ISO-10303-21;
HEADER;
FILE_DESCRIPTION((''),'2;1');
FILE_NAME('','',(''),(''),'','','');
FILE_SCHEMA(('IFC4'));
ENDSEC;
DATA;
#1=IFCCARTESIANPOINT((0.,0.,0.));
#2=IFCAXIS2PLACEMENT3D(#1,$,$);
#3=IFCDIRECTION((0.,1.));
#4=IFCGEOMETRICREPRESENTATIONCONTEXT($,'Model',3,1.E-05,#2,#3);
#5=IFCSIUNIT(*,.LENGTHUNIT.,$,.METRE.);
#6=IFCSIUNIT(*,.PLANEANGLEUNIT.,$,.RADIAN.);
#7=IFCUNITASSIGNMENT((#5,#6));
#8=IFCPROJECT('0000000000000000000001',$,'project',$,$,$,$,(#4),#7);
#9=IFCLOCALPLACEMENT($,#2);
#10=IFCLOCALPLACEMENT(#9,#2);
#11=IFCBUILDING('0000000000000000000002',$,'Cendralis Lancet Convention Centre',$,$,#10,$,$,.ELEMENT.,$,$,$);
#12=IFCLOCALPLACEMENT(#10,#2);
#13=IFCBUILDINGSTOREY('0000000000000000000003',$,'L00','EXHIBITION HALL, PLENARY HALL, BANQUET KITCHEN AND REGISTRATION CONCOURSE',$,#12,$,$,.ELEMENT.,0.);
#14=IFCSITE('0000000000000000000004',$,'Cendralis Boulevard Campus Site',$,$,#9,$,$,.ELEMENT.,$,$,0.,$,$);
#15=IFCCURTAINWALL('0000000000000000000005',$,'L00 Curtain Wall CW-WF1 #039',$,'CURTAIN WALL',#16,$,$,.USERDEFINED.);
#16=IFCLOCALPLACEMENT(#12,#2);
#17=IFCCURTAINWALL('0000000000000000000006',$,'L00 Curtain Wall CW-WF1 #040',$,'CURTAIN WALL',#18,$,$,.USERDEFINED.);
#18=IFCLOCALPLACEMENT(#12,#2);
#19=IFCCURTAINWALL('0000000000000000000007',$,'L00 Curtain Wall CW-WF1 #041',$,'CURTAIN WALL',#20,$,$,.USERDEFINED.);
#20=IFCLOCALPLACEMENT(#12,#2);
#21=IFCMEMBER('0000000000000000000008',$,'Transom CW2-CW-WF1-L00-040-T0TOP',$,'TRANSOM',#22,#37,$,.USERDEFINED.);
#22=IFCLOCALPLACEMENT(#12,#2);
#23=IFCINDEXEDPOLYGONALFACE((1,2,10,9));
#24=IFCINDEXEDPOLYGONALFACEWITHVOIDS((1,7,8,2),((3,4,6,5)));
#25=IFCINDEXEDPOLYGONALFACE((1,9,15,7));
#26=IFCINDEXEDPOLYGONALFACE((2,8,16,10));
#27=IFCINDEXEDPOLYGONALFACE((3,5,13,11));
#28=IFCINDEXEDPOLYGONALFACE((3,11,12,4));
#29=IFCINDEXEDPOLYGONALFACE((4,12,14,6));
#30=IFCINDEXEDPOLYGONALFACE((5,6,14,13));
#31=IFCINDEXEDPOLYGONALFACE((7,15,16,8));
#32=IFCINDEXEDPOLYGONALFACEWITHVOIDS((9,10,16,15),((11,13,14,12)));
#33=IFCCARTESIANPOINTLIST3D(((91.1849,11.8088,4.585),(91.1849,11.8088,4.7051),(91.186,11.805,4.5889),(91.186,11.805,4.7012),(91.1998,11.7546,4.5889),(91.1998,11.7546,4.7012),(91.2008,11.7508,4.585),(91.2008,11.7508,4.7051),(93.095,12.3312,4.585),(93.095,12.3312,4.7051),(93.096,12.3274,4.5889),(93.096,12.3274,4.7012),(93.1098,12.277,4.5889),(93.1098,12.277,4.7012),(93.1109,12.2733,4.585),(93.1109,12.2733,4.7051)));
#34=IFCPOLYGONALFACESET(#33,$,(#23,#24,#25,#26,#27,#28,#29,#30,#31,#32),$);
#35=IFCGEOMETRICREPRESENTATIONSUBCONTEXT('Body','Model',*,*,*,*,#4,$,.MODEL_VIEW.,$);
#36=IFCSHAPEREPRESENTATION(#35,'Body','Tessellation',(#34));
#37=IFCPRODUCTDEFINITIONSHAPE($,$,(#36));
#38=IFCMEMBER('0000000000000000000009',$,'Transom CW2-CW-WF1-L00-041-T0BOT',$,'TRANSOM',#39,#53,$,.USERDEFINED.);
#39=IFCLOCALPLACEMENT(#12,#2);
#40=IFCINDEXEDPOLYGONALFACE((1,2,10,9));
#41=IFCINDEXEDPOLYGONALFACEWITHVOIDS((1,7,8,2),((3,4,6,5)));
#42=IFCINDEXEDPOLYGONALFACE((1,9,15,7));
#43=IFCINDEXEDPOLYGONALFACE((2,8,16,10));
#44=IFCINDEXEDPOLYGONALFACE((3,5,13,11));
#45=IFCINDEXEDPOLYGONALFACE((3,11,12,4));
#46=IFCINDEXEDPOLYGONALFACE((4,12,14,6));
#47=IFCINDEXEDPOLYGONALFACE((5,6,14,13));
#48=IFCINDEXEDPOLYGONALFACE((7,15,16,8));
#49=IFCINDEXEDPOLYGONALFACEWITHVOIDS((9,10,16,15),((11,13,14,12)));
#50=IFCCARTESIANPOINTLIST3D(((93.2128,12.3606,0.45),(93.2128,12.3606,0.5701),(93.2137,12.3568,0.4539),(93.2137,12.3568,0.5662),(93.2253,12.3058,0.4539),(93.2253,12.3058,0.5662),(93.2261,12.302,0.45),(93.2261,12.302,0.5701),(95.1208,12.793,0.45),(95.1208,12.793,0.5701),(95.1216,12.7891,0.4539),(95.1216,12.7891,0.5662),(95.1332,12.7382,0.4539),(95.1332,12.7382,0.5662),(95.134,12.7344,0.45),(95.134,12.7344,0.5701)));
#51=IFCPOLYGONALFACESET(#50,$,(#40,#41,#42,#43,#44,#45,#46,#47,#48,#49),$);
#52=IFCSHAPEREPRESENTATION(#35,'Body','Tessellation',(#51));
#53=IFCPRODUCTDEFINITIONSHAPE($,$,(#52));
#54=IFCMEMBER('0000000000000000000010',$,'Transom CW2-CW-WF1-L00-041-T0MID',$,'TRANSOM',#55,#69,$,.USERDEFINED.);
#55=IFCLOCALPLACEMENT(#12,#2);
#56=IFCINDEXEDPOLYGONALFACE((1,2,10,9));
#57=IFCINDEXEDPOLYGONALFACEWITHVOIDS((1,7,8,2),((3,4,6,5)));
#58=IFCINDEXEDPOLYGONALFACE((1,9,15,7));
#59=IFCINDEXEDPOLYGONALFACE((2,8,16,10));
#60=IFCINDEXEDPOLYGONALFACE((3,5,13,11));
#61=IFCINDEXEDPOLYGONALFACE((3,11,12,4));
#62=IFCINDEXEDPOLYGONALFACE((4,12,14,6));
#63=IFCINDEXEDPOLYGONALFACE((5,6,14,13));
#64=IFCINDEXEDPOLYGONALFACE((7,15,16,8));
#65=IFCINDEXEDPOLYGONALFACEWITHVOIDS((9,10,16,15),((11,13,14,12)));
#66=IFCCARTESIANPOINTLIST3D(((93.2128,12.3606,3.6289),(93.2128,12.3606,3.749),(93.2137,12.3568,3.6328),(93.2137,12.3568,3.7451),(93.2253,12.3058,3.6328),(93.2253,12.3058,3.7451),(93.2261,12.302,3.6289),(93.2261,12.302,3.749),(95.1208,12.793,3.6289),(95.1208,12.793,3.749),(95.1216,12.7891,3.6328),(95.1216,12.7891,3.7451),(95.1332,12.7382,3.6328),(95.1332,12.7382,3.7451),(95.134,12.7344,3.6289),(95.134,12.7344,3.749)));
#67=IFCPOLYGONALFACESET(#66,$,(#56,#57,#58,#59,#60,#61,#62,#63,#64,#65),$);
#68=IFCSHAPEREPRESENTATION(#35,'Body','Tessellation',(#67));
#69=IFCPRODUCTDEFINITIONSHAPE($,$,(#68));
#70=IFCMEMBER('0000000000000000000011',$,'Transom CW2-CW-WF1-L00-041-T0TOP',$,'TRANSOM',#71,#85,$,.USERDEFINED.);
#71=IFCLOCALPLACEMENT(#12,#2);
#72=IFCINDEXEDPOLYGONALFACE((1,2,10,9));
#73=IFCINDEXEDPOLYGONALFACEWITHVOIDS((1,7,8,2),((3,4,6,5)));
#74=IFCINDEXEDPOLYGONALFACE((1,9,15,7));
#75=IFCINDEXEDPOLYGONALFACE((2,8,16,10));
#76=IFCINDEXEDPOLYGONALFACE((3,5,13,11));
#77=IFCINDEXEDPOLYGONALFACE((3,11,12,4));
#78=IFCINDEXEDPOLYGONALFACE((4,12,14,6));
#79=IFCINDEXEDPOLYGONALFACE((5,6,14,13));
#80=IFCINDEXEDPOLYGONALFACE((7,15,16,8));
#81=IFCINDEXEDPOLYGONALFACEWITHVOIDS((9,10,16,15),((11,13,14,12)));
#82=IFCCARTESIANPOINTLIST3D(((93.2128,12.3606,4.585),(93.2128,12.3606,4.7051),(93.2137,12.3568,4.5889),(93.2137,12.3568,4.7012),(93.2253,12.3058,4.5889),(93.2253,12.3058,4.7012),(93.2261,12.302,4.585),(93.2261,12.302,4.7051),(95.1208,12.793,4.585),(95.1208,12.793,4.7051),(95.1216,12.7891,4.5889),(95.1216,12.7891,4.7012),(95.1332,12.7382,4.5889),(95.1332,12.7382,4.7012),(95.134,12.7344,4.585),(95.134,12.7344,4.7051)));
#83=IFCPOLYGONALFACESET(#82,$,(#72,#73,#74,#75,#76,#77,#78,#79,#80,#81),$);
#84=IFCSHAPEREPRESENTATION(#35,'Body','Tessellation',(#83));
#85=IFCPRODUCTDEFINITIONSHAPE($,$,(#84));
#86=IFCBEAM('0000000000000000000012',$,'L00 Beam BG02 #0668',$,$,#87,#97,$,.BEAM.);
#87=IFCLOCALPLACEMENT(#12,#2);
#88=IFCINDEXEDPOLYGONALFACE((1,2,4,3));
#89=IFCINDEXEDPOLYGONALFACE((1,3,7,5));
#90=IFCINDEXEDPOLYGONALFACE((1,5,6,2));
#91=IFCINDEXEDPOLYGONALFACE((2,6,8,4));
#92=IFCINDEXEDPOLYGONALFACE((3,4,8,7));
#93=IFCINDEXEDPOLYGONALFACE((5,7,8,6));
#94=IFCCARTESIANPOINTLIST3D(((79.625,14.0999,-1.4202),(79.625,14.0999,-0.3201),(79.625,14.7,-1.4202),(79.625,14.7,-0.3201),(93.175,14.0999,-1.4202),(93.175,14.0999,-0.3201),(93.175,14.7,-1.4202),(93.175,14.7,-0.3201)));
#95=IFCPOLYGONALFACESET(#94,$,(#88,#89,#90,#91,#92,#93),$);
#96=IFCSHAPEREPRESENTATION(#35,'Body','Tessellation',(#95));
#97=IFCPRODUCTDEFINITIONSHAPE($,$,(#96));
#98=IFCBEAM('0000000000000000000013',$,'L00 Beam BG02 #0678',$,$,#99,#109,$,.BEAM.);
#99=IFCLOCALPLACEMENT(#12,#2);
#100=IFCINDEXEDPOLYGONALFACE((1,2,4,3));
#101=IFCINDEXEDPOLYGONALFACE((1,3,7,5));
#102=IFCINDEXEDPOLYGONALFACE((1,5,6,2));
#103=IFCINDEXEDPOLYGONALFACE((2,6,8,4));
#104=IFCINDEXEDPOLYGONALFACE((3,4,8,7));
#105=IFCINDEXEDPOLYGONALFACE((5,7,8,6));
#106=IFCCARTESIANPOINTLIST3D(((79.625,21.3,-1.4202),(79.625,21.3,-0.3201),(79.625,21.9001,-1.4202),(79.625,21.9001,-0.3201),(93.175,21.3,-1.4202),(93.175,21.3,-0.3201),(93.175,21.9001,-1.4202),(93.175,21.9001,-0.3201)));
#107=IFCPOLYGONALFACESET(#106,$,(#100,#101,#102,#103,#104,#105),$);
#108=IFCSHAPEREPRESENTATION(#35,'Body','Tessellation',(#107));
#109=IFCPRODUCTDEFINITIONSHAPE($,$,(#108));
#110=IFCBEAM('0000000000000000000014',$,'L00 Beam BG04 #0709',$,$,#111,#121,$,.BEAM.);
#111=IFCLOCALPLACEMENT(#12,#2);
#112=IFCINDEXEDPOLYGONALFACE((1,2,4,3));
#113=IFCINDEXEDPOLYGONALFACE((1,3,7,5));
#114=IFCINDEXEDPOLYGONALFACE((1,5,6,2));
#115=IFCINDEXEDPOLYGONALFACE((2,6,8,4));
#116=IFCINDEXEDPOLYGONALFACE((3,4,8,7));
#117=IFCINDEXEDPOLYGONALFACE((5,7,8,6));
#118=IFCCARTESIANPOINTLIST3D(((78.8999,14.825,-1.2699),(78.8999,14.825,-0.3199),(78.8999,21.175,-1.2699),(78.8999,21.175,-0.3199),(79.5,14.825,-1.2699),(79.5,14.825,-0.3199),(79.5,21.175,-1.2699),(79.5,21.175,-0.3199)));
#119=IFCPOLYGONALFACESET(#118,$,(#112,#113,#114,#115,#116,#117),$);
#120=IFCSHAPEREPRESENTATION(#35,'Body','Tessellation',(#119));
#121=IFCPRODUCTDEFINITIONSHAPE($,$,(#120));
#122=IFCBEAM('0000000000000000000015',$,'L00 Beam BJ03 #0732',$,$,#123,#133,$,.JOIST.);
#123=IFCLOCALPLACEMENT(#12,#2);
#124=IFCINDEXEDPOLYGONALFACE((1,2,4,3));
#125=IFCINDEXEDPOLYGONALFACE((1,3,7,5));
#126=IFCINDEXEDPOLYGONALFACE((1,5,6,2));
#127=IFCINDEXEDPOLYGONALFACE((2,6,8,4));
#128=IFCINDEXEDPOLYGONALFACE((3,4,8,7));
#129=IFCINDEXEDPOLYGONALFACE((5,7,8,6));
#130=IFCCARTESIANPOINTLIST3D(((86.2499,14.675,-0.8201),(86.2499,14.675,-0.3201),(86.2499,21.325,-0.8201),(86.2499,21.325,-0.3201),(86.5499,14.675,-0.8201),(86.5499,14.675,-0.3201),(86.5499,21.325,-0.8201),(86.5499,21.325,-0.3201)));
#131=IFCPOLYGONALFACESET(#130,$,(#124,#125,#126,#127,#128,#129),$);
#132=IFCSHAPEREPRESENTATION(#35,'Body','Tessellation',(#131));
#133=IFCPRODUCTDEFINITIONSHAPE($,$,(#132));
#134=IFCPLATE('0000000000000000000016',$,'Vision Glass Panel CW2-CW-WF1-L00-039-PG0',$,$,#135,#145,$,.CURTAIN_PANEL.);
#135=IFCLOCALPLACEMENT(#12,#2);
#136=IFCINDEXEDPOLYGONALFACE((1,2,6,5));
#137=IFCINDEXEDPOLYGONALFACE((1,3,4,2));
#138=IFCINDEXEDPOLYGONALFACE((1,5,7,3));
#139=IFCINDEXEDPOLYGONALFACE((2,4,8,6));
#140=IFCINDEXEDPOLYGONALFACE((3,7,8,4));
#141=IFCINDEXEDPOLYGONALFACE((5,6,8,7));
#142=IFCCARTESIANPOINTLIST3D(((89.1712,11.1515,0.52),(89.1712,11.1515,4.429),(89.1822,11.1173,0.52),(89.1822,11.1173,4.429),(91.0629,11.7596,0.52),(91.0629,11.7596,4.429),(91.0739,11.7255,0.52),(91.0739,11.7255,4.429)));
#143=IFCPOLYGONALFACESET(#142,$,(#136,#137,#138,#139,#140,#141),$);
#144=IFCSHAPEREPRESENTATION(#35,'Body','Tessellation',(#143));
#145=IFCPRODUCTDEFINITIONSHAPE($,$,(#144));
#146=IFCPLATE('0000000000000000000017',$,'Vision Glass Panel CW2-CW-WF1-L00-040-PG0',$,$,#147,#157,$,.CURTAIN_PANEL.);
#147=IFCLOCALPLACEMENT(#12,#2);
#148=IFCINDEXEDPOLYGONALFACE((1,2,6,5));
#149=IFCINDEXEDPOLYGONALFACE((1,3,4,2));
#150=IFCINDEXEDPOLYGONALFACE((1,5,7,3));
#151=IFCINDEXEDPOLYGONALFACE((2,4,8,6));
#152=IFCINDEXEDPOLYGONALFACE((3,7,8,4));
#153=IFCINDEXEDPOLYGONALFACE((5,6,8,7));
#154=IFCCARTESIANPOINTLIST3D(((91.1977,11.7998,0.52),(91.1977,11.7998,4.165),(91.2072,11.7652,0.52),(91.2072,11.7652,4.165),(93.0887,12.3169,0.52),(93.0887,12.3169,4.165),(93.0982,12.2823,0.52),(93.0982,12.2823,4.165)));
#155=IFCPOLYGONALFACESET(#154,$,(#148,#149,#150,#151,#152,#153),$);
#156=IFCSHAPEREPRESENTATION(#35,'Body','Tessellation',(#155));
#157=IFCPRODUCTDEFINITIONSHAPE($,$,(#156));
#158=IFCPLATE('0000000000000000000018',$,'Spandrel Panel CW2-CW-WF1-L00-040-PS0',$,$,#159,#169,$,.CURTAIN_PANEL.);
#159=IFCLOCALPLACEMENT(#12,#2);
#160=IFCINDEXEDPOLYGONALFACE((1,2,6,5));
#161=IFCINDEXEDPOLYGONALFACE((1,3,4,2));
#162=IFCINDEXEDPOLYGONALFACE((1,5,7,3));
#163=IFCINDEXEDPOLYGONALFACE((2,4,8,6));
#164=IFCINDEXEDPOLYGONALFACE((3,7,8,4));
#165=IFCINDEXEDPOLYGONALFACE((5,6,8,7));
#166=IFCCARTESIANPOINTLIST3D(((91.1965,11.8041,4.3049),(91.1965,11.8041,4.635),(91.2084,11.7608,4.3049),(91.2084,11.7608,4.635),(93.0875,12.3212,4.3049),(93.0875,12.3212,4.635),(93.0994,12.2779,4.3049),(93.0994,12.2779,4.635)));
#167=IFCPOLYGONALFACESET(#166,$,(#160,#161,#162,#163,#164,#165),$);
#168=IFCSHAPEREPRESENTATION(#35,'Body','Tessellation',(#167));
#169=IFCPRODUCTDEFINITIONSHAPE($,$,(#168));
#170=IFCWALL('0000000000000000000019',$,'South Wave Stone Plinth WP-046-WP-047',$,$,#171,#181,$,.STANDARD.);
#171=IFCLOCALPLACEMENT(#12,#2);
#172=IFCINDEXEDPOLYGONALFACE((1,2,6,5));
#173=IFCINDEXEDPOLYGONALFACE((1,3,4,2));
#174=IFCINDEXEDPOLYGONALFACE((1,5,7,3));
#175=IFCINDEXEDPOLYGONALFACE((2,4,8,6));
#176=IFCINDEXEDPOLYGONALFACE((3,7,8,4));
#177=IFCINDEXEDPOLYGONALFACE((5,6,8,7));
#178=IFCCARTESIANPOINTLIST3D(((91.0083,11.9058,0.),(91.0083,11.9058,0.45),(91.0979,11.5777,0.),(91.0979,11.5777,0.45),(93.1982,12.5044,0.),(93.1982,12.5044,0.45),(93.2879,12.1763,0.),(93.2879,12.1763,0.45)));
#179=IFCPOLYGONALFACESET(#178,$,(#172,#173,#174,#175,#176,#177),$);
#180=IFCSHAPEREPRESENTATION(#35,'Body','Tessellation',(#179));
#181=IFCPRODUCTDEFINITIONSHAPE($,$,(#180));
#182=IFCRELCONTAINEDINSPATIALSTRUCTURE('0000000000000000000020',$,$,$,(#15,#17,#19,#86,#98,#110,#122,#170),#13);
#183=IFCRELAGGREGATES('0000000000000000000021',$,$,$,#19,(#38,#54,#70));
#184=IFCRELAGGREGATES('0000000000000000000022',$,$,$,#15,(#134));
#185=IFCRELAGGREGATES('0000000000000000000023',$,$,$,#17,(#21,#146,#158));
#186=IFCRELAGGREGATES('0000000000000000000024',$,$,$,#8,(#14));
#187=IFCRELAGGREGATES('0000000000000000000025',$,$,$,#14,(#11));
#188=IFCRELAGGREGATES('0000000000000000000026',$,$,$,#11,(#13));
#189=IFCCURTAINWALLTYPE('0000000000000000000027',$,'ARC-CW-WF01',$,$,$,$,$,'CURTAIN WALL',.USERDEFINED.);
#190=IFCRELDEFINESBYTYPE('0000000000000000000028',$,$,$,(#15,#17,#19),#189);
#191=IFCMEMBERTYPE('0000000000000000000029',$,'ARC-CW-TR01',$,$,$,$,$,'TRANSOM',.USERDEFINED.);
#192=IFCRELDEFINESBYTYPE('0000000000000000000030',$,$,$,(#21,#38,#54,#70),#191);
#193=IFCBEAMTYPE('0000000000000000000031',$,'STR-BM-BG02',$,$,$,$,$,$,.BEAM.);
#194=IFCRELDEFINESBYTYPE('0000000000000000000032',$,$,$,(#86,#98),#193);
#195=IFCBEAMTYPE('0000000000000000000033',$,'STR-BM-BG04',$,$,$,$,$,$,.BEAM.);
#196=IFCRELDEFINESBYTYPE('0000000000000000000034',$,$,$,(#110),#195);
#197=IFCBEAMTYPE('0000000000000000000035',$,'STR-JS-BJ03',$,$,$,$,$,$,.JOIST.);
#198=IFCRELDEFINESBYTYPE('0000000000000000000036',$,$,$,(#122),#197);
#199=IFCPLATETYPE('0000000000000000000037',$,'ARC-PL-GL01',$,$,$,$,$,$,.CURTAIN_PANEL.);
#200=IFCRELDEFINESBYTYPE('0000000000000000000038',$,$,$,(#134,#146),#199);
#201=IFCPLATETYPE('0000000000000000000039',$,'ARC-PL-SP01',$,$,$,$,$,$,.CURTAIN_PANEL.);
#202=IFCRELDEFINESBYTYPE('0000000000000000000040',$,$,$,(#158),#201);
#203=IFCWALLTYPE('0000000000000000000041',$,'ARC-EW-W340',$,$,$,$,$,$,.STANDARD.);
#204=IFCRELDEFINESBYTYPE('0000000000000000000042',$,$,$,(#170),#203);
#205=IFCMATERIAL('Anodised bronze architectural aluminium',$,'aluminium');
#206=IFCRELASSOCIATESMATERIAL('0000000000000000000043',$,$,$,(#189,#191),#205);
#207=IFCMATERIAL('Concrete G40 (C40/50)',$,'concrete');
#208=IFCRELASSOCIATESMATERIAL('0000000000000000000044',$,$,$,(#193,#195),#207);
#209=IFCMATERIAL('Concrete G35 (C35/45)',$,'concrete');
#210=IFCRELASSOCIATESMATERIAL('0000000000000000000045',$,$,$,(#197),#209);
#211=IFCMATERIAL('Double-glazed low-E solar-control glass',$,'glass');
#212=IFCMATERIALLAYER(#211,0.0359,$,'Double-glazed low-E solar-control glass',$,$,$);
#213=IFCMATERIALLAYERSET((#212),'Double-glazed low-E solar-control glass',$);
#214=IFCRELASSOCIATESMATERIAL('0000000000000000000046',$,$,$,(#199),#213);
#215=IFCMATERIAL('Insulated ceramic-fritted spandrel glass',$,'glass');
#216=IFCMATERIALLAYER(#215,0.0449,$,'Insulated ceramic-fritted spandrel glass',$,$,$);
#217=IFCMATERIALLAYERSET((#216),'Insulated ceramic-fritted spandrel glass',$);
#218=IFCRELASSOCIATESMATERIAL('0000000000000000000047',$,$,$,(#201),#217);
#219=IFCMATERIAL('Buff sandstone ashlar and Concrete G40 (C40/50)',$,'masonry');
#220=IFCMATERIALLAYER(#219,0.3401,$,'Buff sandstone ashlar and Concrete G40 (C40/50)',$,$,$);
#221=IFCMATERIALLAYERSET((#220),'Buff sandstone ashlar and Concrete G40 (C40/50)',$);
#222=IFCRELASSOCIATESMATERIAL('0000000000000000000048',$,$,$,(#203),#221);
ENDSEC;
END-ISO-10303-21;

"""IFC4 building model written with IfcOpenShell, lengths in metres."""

from ifc_helpers import new_model, si_unit, direction, frame, frame_2d, origin, origin_2d, place, context, subcontext, project, spatial, rectangle, hollow_rectangle, extrude, material, layer, layer_set, material_profile, profile_set, type_object, element, aggregate, save


model = new_model("IFC4")

# Units and contexts
model_context = context("Model", 3, precision=1e-05, world=origin(), true_north=direction((0.0, 1.0)))
body_context = subcontext(model_context, "Body", "Model", "MODEL_VIEW")
ifc_project = project(units=[si_unit("LENGTHUNIT", "METRE"), si_unit("PLANEANGLEUNIT", "RADIAN")], contexts=[model_context])

# Site, building, storey
site_placement = place(None, origin())
site = spatial("IfcSite", under=ifc_project, at=site_placement, Name="Cendralis Boulevard Campus Site", CompositionType="ELEMENT", RefElevation=0.0)
building_placement = place(site_placement, origin())
building = spatial("IfcBuilding", under=site, at=building_placement, Name="Cendralis Lancet Convention Centre", CompositionType="ELEMENT")
storey_placement = place(building_placement, origin())
storey = spatial("IfcBuildingStorey", under=building, at=storey_placement, Name="L00", Description="EXHIBITION HALL, PLENARY HALL, BANQUET KITCHEN AND REGISTRATION CONCOURSE", CompositionType="ELEMENT", Elevation=0.0)

# Shared definitions
ifc_material_1 = material(Name="Concrete G35 (C35/45)", Category="concrete")

# Shared definitions
ifc_material_2 = material(Name="Concrete G40 (C40/50)", Category="concrete")

# Curtain wall
ifc_material_3 = material(Name="Anodised bronze architectural aluminium", Category="aluminium")
curtain_wall_type = type_object("IfcCurtainWallType", Name="ARC-CW-WF01", ElementType="CURTAIN WALL", PredefinedType="USERDEFINED", material=ifc_material_3)
curtain_wall_1_placement = place(storey_placement, origin())
curtain_wall_1 = element("IfcCurtainWall", 1, at=curtain_wall_1_placement, inside=storey, type_object=curtain_wall_type, Name="L00 Curtain Wall CW-WF1 #039", ObjectType="CURTAIN WALL", PredefinedType="USERDEFINED")

# Curtain wall
curtain_wall_2_placement = place(storey_placement, origin())
curtain_wall_2 = element("IfcCurtainWall", 2, at=curtain_wall_2_placement, inside=storey, type_object=curtain_wall_type, Name="L00 Curtain Wall CW-WF1 #040", ObjectType="CURTAIN WALL", PredefinedType="USERDEFINED")

# Curtain wall
curtain_wall_3_placement = place(storey_placement, origin())
curtain_wall_3 = element("IfcCurtainWall", 3, at=curtain_wall_3_placement, inside=storey, type_object=curtain_wall_type, Name="L00 Curtain Wall CW-WF1 #041", ObjectType="CURTAIN WALL", PredefinedType="USERDEFINED")

# Members
ifc_material_profile_1 = material_profile(ifc_material_3, hollow_rectangle(XDim=0.0601, YDim=0.1201, WallThickness=0.0039, at=origin_2d()), Name="AL-TRAN 60x120x4.0")
ifc_profile_set_1 = profile_set([ifc_material_profile_1], Name="Anodised bronze architectural aluminium")
member_type_1 = type_object("IfcMemberType", Name="ARC-CW-TR01", ElementType="TRANSOM", PredefinedType="USERDEFINED", material=ifc_profile_set_1)
member_1_placement = place(storey_placement, frame((91.1929, 11.7798, 4.645), z_axis=(0.96457, 0.263827, 0.0), x_axis=(-0.263827, 0.96457, 0.0)))
member_1 = element("IfcMember", 4, at=member_1_placement, type_object=member_type_1, Name="Transom CW2-CW-WF1-L00-040-T0TOP", ObjectType="TRANSOM", PredefinedType="USERDEFINED", context=body_context, shape_type="SweptSolid", body=[
    extrude(hollow_rectangle(XDim=0.0601, YDim=0.1201, WallThickness=0.0039, at=origin_2d()), origin(), (0.0, 0.0, 1.0), 1.9802),
])
member_2_placement = place(storey_placement, frame((93.2195, 12.3313, 0.51), z_axis=(0.975271, 0.221012, 0.0), x_axis=(-0.221012, 0.975271, 0.0)))
member_2 = element("IfcMember", 5, at=member_2_placement, type_object=member_type_1, Name="Transom CW2-CW-WF1-L00-041-T0BOT", ObjectType="TRANSOM", PredefinedType="USERDEFINED", context=body_context, shape_type="SweptSolid", body=[
    extrude(hollow_rectangle(XDim=0.0601, YDim=0.1201, WallThickness=0.0039, at=origin_2d()), origin(), (0.0, 0.0, 1.0), 1.9563),
])
member_3_placement = place(storey_placement, frame((93.2195, 12.3313, 3.689), z_axis=(0.975271, 0.221012, 0.0), x_axis=(-0.221012, 0.975271, 0.0)))
member_3 = element("IfcMember", 6, at=member_3_placement, type_object=member_type_1, Name="Transom CW2-CW-WF1-L00-041-T0MID", ObjectType="TRANSOM", PredefinedType="USERDEFINED", context=body_context, shape_type="SweptSolid", body=[
    extrude(hollow_rectangle(XDim=0.0601, YDim=0.1201, WallThickness=0.0039, at=origin_2d()), origin(), (0.0, 0.0, 1.0), 1.9563),
])
member_4_placement = place(storey_placement, frame((93.2195, 12.3313, 4.645), z_axis=(0.975271, 0.221012, 0.0), x_axis=(-0.221012, 0.975271, 0.0)))
member_4 = element("IfcMember", 7, at=member_4_placement, type_object=member_type_1, Name="Transom CW2-CW-WF1-L00-041-T0TOP", ObjectType="TRANSOM", PredefinedType="USERDEFINED", context=body_context, shape_type="SweptSolid", body=[
    extrude(hollow_rectangle(XDim=0.0601, YDim=0.1201, WallThickness=0.0039, at=origin_2d()), origin(), (0.0, 0.0, 1.0), 1.9563),
])
aggregate(curtain_wall_3, [member_2, member_3, member_4])

# Beams
ifc_material_profile_2 = material_profile(ifc_material_2, rectangle(XDim=0.6001, YDim=1.1001, at=origin_2d()), Name="RCB 600x1100")
ifc_profile_set_2 = profile_set([ifc_material_profile_2], Name="Concrete G40 (C40/50)")
beam_type_1 = type_object("IfcBeamType", Name="STR-BM-BG02", PredefinedType="BEAM", material=ifc_profile_set_2)
for number, where, z_axis, x_axis, name in (
    (8, (79.625, 14.3999, -0.8701), (1.0, 0.0, 0.0), (0.0, 1.0, 0.0), "L00 Beam BG02 #0668"),
    (9, (79.625, 21.6001, -0.8701), (1.0, 0.0, 0.0), (0.0, 1.0, 0.0), "L00 Beam BG02 #0678"),
):
    element("IfcBeam", number, at=place(storey_placement, frame(where, z_axis=z_axis, x_axis=x_axis)), inside=storey, type_object=beam_type_1, Name=name, PredefinedType="BEAM", context=body_context, shape_type="SweptSolid", body=[
        extrude(rectangle(XDim=0.6001, YDim=1.1001, at=origin_2d()), origin(), (0.0, 0.0, 1.0), 13.55),
    ])
ifc_material_profile_3 = material_profile(ifc_material_2, rectangle(XDim=0.6001, YDim=0.95, at=origin_2d()), Name="RCB 600x950")
ifc_profile_set_3 = profile_set([ifc_material_profile_3], Name="Concrete G40 (C40/50)")
beam_type_2 = type_object("IfcBeamType", Name="STR-BM-BG04", PredefinedType="BEAM", material=ifc_profile_set_3)
beam_1_placement = place(storey_placement, frame((79.2, 14.825, -0.7949), z_axis=(0.0, 1.0, 0.0), x_axis=(-1.0, 0.0, 0.0)))
element("IfcBeam", 10, at=beam_1_placement, inside=storey, type_object=beam_type_2, Name="L00 Beam BG04 #0709", PredefinedType="BEAM", context=body_context, shape_type="SweptSolid", body=[
    extrude(rectangle(XDim=0.6001, YDim=0.95, at=origin_2d()), origin(), (0.0, 0.0, 1.0), 6.3501),
])
ifc_material_profile_4 = material_profile(ifc_material_1, rectangle(XDim=0.3, YDim=0.5, at=origin_2d()), Name="RCB 300x500")
ifc_profile_set_4 = profile_set([ifc_material_profile_4], Name="Concrete G35 (C35/45)")
beam_type_3 = type_object("IfcBeamType", Name="STR-JS-BJ03", PredefinedType="JOIST", material=ifc_profile_set_4)
beam_2_placement = place(storey_placement, frame((86.3999, 14.675, -0.5701), z_axis=(0.0, 1.0, 0.0), x_axis=(-1.0, 0.0, 0.0)))
element("IfcBeam", 11, at=beam_2_placement, inside=storey, type_object=beam_type_3, Name="L00 Beam BJ03 #0732", PredefinedType="JOIST", context=body_context, shape_type="SweptSolid", body=[
    extrude(rectangle(XDim=0.3, YDim=0.5, at=origin_2d()), origin(), (0.0, 0.0, 1.0), 6.6499),
])

# Plates
ifc_material_4 = material(Name="Double-glazed low-E solar-control glass", Category="glass")
ifc_layer_1 = layer(ifc_material_4, 0.0359, Name="Double-glazed low-E solar-control glass")
ifc_layer_set_1 = layer_set([ifc_layer_1], Name="Double-glazed low-E solar-control glass")
plate_type_1 = type_object("IfcPlateType", Name="ARC-PL-GL01", PredefinedType="CURTAIN_PANEL", material=ifc_layer_set_1)
plate_1_placement = place(storey_placement, frame((90.1226, 11.4385, 0.52), z_axis=(0.0, 0.0, 1.0), x_axis=(0.952014, 0.306055, 0.0)))
plate_1 = element("IfcPlate", 12, at=plate_1_placement, type_object=plate_type_1, Name="Vision Glass Panel CW2-CW-WF1-L00-039-PG0", PredefinedType="CURTAIN_PANEL", context=body_context, shape_type="SweptSolid", body=[
    extrude(rectangle(XDim=1.9871, YDim=0.0359, at=origin_2d()), origin(), (0.0, 0.0, 1.0), 3.9089),
])
aggregate(curtain_wall_1, [plate_1])
plate_2_placement = place(storey_placement, frame((92.1479, 12.041, 0.52), z_axis=(0.0, 0.0, 1.0), x_axis=(0.964588, 0.263762, 0.0)))
plate_2 = element("IfcPlate", 13, at=plate_2_placement, type_object=plate_type_1, Name="Vision Glass Panel CW2-CW-WF1-L00-040-PG0", PredefinedType="CURTAIN_PANEL", context=body_context, shape_type="SweptSolid", body=[
    extrude(rectangle(XDim=1.9604, YDim=0.0359, at=origin_2d()), origin(), (0.0, 0.0, 1.0), 3.645),
])
ifc_material_5 = material(Name="Insulated ceramic-fritted spandrel glass", Category="glass")
ifc_layer_2 = layer(ifc_material_5, 0.0449, Name="Insulated ceramic-fritted spandrel glass")
ifc_layer_set_2 = layer_set([ifc_layer_2], Name="Insulated ceramic-fritted spandrel glass")
plate_type_2 = type_object("IfcPlateType", Name="ARC-PL-SP01", PredefinedType="CURTAIN_PANEL", material=ifc_layer_set_2)
plate_3_placement = place(storey_placement, frame((92.1479, 12.041, 4.3049), z_axis=(0.0, 0.0, 1.0), x_axis=(0.964588, 0.263762, 0.0)))
plate_3 = element("IfcPlate", 14, at=plate_3_placement, type_object=plate_type_2, Name="Spandrel Panel CW2-CW-WF1-L00-040-PS0", PredefinedType="CURTAIN_PANEL", context=body_context, shape_type="SweptSolid", body=[
    extrude(rectangle(XDim=1.9604, YDim=0.0449, at=origin_2d()), origin(), (0.0, 0.0, 1.0), 0.3301),
])
aggregate(curtain_wall_2, [member_1, plate_2, plate_3])

# Wall
ifc_material_6 = material(Name="Buff sandstone ashlar and Concrete G40 (C40/50)", Category="masonry")
ifc_layer_3 = layer(ifc_material_6, 0.3401, Name="Buff sandstone ashlar and Concrete G40 (C40/50)")
ifc_layer_set_3 = layer_set([ifc_layer_3], Name="Buff sandstone ashlar and Concrete G40 (C40/50)")
wall_type_1 = type_object("IfcWallType", Name="ARC-EW-W340", PredefinedType="STANDARD", material=ifc_layer_set_3)
wall_1_placement = place(storey_placement, frame((91.053, 11.7417, 0.0), z_axis=(0.0, 0.0, 1.0), x_axis=(0.96461, 0.263682, 0.0)))
element("IfcWall", 15, at=wall_1_placement, inside=storey, type_object=wall_type_1, Name="South Wave Stone Plinth WP-046-WP-047", PredefinedType="STANDARD", context=body_context, shape_type="SweptSolid", body=[
    extrude(rectangle(XDim=2.2703, YDim=0.3401, at=frame_2d((1.1353, 0.0))), origin(), (0.0, 0.0, 1.0), 0.45),
])

save(model, "model.ifc")
